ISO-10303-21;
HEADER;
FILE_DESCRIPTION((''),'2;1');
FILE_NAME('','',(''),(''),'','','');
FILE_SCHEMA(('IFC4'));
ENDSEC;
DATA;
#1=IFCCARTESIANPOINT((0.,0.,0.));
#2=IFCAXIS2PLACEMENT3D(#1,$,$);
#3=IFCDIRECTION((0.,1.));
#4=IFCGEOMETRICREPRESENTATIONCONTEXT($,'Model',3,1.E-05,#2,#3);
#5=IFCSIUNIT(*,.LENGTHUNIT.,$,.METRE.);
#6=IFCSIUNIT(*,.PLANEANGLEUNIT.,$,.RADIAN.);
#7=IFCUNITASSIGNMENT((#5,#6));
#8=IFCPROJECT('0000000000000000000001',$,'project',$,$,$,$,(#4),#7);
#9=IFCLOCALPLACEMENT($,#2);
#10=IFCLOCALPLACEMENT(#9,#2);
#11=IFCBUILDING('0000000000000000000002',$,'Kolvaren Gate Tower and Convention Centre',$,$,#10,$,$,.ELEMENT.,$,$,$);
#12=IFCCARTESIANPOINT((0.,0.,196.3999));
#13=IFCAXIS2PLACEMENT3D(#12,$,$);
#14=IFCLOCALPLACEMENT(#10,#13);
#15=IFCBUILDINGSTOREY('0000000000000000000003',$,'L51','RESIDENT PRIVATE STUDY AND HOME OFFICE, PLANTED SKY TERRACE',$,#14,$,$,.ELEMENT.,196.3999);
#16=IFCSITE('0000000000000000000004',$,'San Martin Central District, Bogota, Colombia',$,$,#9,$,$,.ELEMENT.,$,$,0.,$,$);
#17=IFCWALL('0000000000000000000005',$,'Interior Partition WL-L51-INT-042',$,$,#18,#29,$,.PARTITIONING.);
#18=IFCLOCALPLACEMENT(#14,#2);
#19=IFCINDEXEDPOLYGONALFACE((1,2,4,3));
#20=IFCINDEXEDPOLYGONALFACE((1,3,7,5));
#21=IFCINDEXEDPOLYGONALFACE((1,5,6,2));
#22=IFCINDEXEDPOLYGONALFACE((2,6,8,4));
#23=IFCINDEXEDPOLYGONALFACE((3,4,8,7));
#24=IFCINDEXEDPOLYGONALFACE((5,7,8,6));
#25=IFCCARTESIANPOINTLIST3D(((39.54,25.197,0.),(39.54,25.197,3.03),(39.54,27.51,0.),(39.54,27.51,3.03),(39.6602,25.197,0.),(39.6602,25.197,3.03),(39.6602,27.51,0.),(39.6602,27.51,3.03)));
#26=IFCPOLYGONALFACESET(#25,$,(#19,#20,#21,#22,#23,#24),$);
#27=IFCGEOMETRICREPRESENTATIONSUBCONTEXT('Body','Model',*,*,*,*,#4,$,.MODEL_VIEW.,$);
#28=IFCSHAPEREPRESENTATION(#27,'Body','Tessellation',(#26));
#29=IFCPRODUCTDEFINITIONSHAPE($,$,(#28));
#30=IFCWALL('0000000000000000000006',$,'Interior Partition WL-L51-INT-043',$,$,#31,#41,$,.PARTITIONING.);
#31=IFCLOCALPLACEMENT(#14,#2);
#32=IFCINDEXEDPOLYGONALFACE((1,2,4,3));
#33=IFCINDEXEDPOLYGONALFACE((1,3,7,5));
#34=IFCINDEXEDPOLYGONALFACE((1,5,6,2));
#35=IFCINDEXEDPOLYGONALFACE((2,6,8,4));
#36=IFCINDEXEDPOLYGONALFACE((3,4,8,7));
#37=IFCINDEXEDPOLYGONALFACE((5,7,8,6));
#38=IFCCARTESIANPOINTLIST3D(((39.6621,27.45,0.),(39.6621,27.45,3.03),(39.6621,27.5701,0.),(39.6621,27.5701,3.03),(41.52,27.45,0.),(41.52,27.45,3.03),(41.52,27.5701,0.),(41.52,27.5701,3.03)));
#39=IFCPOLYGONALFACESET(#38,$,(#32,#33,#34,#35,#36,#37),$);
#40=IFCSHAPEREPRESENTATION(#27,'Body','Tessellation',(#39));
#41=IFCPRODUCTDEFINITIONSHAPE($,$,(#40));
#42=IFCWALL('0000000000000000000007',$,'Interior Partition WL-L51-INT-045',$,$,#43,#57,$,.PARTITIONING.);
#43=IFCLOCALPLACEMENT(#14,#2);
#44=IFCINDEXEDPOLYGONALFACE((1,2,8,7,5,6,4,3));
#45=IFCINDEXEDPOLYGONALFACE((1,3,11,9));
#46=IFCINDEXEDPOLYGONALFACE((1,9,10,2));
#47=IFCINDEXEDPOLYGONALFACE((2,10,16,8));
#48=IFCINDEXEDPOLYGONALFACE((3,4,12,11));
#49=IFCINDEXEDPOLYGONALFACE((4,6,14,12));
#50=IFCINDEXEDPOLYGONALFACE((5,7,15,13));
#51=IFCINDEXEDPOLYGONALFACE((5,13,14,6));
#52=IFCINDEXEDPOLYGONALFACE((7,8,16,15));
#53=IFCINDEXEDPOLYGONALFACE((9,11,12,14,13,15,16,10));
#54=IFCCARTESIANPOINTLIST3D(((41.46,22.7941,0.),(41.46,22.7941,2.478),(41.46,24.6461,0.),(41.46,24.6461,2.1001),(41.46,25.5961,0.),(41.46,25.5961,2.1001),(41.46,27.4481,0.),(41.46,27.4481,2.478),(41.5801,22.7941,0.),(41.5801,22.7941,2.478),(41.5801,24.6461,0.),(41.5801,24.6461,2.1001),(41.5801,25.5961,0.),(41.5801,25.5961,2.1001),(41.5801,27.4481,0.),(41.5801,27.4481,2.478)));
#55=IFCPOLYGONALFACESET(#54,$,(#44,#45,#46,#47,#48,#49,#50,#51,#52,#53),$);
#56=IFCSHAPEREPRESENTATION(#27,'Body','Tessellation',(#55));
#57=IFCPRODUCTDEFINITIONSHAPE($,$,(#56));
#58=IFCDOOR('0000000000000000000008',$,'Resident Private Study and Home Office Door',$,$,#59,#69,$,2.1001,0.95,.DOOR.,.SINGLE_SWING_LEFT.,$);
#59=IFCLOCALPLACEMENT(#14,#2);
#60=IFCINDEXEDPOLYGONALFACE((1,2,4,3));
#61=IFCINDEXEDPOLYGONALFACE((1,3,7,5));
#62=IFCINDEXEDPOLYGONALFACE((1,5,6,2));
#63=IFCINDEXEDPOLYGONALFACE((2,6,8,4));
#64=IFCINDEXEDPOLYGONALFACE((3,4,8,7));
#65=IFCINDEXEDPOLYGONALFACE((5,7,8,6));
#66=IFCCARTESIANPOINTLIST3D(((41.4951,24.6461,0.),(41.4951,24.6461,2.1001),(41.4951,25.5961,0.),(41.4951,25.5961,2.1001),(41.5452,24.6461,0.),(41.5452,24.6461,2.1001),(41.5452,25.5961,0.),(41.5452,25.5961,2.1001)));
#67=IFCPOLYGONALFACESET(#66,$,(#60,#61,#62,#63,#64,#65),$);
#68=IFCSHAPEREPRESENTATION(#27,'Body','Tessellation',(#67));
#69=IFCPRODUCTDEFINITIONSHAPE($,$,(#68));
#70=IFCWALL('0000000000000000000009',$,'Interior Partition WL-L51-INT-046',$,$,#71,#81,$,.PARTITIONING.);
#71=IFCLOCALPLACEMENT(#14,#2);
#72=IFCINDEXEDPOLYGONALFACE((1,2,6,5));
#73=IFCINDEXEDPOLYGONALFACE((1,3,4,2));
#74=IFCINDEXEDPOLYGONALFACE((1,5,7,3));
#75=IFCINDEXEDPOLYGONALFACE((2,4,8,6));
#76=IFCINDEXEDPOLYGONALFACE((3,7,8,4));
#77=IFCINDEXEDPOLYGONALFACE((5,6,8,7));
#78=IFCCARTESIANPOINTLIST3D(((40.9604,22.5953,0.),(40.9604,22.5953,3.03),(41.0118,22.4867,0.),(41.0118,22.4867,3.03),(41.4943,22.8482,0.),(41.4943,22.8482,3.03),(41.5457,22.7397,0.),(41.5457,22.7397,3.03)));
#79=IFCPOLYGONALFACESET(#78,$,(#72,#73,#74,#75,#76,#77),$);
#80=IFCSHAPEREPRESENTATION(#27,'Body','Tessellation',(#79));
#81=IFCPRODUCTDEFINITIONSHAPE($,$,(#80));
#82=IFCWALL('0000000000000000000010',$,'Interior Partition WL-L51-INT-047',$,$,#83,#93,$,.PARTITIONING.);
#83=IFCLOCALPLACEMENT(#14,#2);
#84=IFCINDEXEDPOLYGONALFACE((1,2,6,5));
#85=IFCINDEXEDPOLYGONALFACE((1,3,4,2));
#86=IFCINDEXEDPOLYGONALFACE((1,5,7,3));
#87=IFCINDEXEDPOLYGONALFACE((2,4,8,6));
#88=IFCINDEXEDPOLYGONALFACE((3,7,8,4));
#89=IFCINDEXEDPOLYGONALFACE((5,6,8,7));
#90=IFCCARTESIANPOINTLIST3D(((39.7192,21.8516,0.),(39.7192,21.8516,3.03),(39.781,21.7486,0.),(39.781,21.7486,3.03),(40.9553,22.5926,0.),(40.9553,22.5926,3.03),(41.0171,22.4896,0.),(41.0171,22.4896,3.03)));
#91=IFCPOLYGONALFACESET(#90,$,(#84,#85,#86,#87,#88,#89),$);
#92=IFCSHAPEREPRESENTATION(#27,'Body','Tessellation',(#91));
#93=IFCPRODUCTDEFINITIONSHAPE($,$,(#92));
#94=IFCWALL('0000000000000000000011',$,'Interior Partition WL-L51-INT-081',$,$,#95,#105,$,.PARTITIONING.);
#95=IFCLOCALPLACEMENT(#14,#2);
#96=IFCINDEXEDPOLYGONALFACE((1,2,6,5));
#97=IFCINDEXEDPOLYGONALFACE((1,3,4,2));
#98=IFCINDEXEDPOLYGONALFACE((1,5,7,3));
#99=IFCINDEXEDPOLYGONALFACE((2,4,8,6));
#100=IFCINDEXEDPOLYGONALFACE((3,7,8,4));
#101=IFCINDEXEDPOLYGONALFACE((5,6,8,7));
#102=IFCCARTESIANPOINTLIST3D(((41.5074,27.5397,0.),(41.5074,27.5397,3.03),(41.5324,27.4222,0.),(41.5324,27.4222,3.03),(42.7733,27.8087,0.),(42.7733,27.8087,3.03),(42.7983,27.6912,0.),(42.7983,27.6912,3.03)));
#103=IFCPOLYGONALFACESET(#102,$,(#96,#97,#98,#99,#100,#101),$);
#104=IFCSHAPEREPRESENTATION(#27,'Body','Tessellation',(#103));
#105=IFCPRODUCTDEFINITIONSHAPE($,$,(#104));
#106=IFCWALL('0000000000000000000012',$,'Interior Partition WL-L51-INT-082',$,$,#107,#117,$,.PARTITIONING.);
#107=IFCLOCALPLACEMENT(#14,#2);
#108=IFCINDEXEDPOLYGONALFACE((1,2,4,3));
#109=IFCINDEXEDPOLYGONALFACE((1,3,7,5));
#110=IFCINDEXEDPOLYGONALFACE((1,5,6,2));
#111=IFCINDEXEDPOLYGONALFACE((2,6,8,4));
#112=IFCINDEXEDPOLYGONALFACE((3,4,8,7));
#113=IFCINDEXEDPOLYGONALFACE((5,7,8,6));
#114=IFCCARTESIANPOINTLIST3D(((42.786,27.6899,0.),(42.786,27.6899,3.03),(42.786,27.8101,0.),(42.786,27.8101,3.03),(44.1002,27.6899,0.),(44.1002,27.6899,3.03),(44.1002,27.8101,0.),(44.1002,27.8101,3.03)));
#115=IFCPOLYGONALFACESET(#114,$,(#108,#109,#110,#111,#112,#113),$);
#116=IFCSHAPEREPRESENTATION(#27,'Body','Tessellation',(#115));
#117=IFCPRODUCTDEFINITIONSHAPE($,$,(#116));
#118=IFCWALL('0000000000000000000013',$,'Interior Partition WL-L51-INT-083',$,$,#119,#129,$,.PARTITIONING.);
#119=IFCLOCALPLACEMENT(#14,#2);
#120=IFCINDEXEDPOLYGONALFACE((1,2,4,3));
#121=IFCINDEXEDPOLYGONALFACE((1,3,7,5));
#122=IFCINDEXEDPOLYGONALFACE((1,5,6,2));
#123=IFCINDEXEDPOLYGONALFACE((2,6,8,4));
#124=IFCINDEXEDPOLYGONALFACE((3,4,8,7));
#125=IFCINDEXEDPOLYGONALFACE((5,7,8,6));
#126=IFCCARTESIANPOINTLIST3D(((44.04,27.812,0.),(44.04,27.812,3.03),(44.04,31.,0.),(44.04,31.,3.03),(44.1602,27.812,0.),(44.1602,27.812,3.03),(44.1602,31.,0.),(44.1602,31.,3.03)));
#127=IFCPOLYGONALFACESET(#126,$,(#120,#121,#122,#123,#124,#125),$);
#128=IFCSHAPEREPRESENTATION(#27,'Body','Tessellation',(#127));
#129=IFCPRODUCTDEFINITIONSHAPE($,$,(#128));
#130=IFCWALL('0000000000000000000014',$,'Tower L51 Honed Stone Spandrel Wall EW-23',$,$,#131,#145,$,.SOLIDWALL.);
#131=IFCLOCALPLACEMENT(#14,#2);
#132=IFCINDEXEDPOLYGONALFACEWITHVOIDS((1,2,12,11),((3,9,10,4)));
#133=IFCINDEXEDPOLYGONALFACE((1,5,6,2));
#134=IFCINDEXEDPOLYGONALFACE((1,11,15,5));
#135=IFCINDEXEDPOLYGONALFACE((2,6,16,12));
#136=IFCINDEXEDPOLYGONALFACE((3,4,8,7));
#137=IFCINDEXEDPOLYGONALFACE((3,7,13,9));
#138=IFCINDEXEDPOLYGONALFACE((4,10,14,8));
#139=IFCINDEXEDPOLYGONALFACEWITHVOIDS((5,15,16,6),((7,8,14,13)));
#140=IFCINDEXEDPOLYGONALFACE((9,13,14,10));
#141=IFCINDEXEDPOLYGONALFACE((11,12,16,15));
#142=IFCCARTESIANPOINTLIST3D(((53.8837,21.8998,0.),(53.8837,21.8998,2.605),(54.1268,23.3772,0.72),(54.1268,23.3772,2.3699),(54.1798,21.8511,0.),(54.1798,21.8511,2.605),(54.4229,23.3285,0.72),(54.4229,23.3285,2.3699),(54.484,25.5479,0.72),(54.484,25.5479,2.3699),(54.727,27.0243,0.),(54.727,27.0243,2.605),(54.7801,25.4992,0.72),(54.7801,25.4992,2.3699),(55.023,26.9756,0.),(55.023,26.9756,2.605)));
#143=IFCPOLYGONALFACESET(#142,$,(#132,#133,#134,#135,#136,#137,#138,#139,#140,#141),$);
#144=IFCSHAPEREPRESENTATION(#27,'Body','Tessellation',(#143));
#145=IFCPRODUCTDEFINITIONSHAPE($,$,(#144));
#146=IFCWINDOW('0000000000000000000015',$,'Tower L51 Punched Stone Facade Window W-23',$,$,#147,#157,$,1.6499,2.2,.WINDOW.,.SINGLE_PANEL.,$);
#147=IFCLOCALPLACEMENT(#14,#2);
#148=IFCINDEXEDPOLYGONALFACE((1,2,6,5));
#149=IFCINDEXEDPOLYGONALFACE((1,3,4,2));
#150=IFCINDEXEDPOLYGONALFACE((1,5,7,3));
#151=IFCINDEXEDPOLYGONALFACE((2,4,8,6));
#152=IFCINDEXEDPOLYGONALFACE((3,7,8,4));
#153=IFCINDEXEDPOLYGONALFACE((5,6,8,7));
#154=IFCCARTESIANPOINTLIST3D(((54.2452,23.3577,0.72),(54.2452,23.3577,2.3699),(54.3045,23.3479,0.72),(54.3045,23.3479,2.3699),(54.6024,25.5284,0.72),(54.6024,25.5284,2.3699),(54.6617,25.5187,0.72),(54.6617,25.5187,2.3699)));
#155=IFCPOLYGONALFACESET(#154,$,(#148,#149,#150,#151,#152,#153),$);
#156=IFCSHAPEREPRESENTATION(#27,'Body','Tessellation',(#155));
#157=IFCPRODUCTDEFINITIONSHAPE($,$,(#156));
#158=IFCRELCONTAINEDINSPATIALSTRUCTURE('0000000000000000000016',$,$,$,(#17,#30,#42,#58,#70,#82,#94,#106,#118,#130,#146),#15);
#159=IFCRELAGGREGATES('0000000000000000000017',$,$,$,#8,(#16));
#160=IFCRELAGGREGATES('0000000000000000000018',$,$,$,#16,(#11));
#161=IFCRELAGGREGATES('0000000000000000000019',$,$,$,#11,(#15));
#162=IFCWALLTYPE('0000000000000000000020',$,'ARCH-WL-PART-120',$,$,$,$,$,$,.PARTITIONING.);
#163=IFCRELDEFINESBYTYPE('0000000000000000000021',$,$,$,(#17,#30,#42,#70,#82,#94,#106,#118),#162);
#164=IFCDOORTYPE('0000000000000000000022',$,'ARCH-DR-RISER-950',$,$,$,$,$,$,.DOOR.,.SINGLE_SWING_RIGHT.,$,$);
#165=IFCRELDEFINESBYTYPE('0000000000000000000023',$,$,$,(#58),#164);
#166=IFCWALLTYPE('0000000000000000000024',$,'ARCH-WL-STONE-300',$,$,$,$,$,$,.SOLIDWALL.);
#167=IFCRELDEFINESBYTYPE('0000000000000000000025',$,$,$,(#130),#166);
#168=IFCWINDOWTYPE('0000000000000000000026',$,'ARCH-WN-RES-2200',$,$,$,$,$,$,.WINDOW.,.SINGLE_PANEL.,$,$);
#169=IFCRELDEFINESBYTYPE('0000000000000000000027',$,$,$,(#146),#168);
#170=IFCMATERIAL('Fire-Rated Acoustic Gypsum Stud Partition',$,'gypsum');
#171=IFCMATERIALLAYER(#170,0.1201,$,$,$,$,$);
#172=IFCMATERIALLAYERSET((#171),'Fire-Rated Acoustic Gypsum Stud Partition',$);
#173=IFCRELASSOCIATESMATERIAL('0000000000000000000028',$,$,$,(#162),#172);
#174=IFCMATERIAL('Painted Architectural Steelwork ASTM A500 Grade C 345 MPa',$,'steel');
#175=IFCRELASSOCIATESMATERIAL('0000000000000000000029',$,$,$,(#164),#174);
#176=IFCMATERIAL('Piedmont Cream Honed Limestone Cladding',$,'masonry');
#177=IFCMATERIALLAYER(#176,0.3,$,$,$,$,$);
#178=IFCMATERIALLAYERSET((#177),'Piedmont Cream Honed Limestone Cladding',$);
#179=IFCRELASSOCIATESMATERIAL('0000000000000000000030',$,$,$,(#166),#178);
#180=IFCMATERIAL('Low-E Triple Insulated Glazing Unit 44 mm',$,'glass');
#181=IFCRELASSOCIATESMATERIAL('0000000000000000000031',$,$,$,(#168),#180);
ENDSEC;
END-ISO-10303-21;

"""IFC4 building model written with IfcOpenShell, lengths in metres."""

from ifc_helpers import new_model, si_unit, direction, frame, frame_2d, origin, place, context, subcontext, project, spatial, rectangle, extrude, material, layer, layer_set, type_object, element, fill, save


model = new_model("IFC4")

# Units and contexts
model_context = context("Model", 3, precision=1e-05, world=origin(), true_north=direction((0.0, 1.0)))
body_context = subcontext(model_context, "Body", "Model", "MODEL_VIEW")
ifc_project = project(units=[si_unit("LENGTHUNIT", "METRE"), si_unit("PLANEANGLEUNIT", "RADIAN")], contexts=[model_context])

# Site, building, storey
site_placement = place(None, origin())
site = spatial("IfcSite", under=ifc_project, at=site_placement, Name="San Martin Central District, Bogota, Colombia", CompositionType="ELEMENT", RefElevation=0.0)
building_placement = place(site_placement, origin())
building = spatial("IfcBuilding", under=site, at=building_placement, Name="Kolvaren Gate Tower and Convention Centre", CompositionType="ELEMENT")
storey_placement = place(building_placement, frame((0.0, 0.0, 196.3999)))
storey = spatial("IfcBuildingStorey", under=building, at=storey_placement, Name="L51", Description="RESIDENT PRIVATE STUDY AND HOME OFFICE, PLANTED SKY TERRACE", CompositionType="ELEMENT", Elevation=196.3999)

# Walls
ifc_material_1 = material(Name="Fire-Rated Acoustic Gypsum Stud Partition", Category="gypsum")
ifc_layer_1 = layer(ifc_material_1, 0.1201)
ifc_layer_set_1 = layer_set([ifc_layer_1], Name="Fire-Rated Acoustic Gypsum Stud Partition")
wall_type_1 = type_object("IfcWallType", Name="ARCH-WL-PART-120", PredefinedType="PARTITIONING", material=ifc_layer_set_1)
wall_1_placement = place(storey_placement, frame((39.6001, 25.197, 0.0), z_axis=(0.0, 0.0, 1.0), x_axis=(0.0, 1.0, 0.0)))
element("IfcWall", 1, at=wall_1_placement, inside=storey, type_object=wall_type_1, Name="Interior Partition WL-L51-INT-042", PredefinedType="PARTITIONING", context=body_context, shape_type="SweptSolid", body=[
    extrude(rectangle(XDim=2.313, YDim=0.1201, at=frame_2d((1.1565, 0.0))), origin(), (0.0, 0.0, 1.0), 3.03),
])
wall_2_placement = place(storey_placement, frame((39.6621, 27.51, 0.0), z_axis=(0.0, 0.0, 1.0), x_axis=(1.0, 0.0, 0.0)))
element("IfcWall", 2, at=wall_2_placement, inside=storey, type_object=wall_type_1, Name="Interior Partition WL-L51-INT-043", PredefinedType="PARTITIONING", context=body_context, shape_type="SweptSolid", body=[
    extrude(rectangle(XDim=1.8579, YDim=0.1201, at=frame_2d((0.929, 0.0))), origin(), (0.0, 0.0, 1.0), 3.03),
])

# Wall, opening, door
wall_3_placement = place(storey_placement, frame((41.52, 22.7939, 0.0), z_axis=(0.0, 0.0, 1.0), x_axis=(0.0, 1.0, 0.0)))
wall_3 = element("IfcWall", 3, at=wall_3_placement, inside=storey, type_object=wall_type_1, Name="Interior Partition WL-L51-INT-045", PredefinedType="PARTITIONING", context=body_context, shape_type="SweptSolid", body=[
    extrude(rectangle(XDim=4.6541, YDim=0.1201, at=frame_2d((2.3271, 0.0))), origin(), (0.0, 0.0, 1.0), 2.478),
])
opening_1_placement = place(wall_3_placement, frame((1.8521, 0.0, 0.0)))
opening_1 = element("IfcOpeningElement", 4, at=opening_1_placement, cuts=wall_3, PredefinedType="OPENING", context=body_context, shape_type="SweptSolid", body=[
    extrude(rectangle(XDim=0.95, YDim=2.1001, at=frame_2d((0.4751, 1.05))), frame((0.0, 0.0701, 0.0), z_axis=(0.0, -1.0, 0.0), x_axis=(1.0, 0.0, 0.0)), (0.0, 0.0, 1.0), 0.1401),
])
ifc_material_2 = material(Name="Painted Architectural Steelwork ASTM A500 Grade C 345 MPa", Category="steel")
door_type = type_object("IfcDoorType", Name="ARCH-DR-RISER-950", OperationType="SINGLE_SWING_RIGHT", PredefinedType="DOOR", material=ifc_material_2)
door_placement = place(opening_1_placement, origin())
door = element("IfcDoor", 5, at=door_placement, inside=storey, type_object=door_type, Name="Resident Private Study and Home Office Door", OperationType="SINGLE_SWING_LEFT", OverallHeight=2.1001, OverallWidth=0.95, PredefinedType="DOOR", context=body_context, shape_type="SweptSolid", body=[
    extrude(rectangle(XDim=0.95, YDim=2.1001, at=frame_2d((0.4751, 1.05))), frame((0.0, 0.0249, 0.0), z_axis=(0.0, -1.0, 0.0), x_axis=(1.0, 0.0, 0.0)), (0.0, 0.0, 1.0), 0.05),
])
fill(opening_1, door)

# Walls
wall_4_placement = place(storey_placement, frame((40.9861, 22.541, 0.0), z_axis=(0.0, 0.0, 1.0), x_axis=(0.903729, 0.428104, 0.0)))
element("IfcWall", 6, at=wall_4_placement, inside=storey, type_object=wall_type_1, Name="Interior Partition WL-L51-INT-046", PredefinedType="PARTITIONING", context=body_context, shape_type="SweptSolid", body=[
    extrude(rectangle(XDim=0.5908, YDim=0.1201, at=frame_2d((0.2954, 0.0))), origin(), (0.0, 0.0, 1.0), 3.03),
])
wall_5_placement = place(storey_placement, frame((39.75, 21.8, 0.0), z_axis=(0.0, 0.0, 1.0), x_axis=(0.857702, 0.514147, 0.0)))
element("IfcWall", 7, at=wall_5_placement, inside=storey, type_object=wall_type_1, Name="Interior Partition WL-L51-INT-047", PredefinedType="PARTITIONING", context=body_context, shape_type="SweptSolid", body=[
    extrude(rectangle(XDim=1.4412, YDim=0.1201, at=frame_2d((0.7207, 0.0))), origin(), (0.0, 0.0, 1.0), 3.03),
])
wall_6_placement = place(storey_placement, frame((41.52, 27.481, 0.0), z_axis=(0.0, 0.0, 1.0), x_axis=(0.978152, 0.207893, 0.0)))
element("IfcWall", 8, at=wall_6_placement, inside=storey, type_object=wall_type_1, Name="Interior Partition WL-L51-INT-081", PredefinedType="PARTITIONING", context=body_context, shape_type="SweptSolid", body=[
    extrude(rectangle(XDim=1.2942, YDim=0.1201, at=frame_2d((0.647, 0.0))), origin(), (0.0, 0.0, 1.0), 3.03),
])
wall_7_placement = place(storey_placement, frame((42.7859, 27.75, 0.0), z_axis=(0.0, 0.0, 1.0), x_axis=(1.0, 0.0, 0.0)))
element("IfcWall", 9, at=wall_7_placement, inside=storey, type_object=wall_type_1, Name="Interior Partition WL-L51-INT-082", PredefinedType="PARTITIONING", context=body_context, shape_type="SweptSolid", body=[
    extrude(rectangle(XDim=1.3142, YDim=0.1201, at=frame_2d((0.6572, 0.0))), origin(), (0.0, 0.0, 1.0), 3.03),
])
wall_8_placement = place(storey_placement, frame((44.1001, 27.812, 0.0), z_axis=(0.0, 0.0, 1.0), x_axis=(0.0, 1.0, 0.0)))
element("IfcWall", 10, at=wall_8_placement, inside=storey, type_object=wall_type_1, Name="Interior Partition WL-L51-INT-083", PredefinedType="PARTITIONING", context=body_context, shape_type="SweptSolid", body=[
    extrude(rectangle(XDim=3.188, YDim=0.1201, at=frame_2d((1.594, 0.0))), origin(), (0.0, 0.0, 1.0), 3.03),
])

# Wall, opening, window
ifc_material_3 = material(Name="Piedmont Cream Honed Limestone Cladding", Category="masonry")
ifc_layer_2 = layer(ifc_material_3, 0.3)
ifc_layer_set_2 = layer_set([ifc_layer_2], Name="Piedmont Cream Honed Limestone Cladding")
wall_type_2 = type_object("IfcWallType", Name="ARCH-WL-STONE-300", PredefinedType="SOLIDWALL", material=ifc_layer_set_2)
wall_9_placement = place(storey_placement, frame((54.0317, 21.8755, 0.0), z_axis=(0.0, 0.0, 1.0), x_axis=(0.162371, 0.98673, 0.0)))
wall_9 = element("IfcWall", 11, at=wall_9_placement, inside=storey, type_object=wall_type_2, Name="Tower L51 Honed Stone Spandrel Wall EW-23", PredefinedType="SOLIDWALL", context=body_context, shape_type="SweptSolid", body=[
    extrude(rectangle(XDim=5.1934, YDim=0.3, at=frame_2d((2.5967, 0.0))), origin(), (0.0, 0.0, 1.0), 2.605),
])
opening_2_placement = place(wall_9_placement, frame((1.4971, 0.0, 0.72)))
opening_2 = element("IfcOpeningElement", 12, at=opening_2_placement, cuts=wall_9, PredefinedType="OPENING", context=body_context, shape_type="SweptSolid", body=[
    extrude(rectangle(XDim=2.2, YDim=1.6499, at=frame_2d((1.1001, 0.825))), frame((0.0, 0.1599, 0.0), z_axis=(0.0, -1.0, 0.0), x_axis=(1.0, 0.0, 0.0)), (0.0, 0.0, 1.0), 0.3201),
])
ifc_material_4 = material(Name="Low-E Triple Insulated Glazing Unit 44 mm", Category="glass")
window_type = type_object("IfcWindowType", Name="ARCH-WN-RES-2200", PartitioningType="SINGLE_PANEL", PredefinedType="WINDOW", material=ifc_material_4)
window_placement = place(opening_2_placement, origin())
window = element("IfcWindow", 13, at=window_placement, inside=storey, type_object=window_type, Name="Tower L51 Punched Stone Facade Window W-23", OverallHeight=1.6499, OverallWidth=2.2, PartitioningType="SINGLE_PANEL", PredefinedType="WINDOW", context=body_context, shape_type="SweptSolid", body=[
    extrude(rectangle(XDim=2.2, YDim=1.6499, at=frame_2d((1.1001, 0.825))), frame((0.0, 0.03, 0.0), z_axis=(0.0, -1.0, 0.0), x_axis=(1.0, 0.0, 0.0)), (0.0, 0.0, 1.0), 0.0601),
])
fill(opening_2, window)

save(model, "model.ifc")
